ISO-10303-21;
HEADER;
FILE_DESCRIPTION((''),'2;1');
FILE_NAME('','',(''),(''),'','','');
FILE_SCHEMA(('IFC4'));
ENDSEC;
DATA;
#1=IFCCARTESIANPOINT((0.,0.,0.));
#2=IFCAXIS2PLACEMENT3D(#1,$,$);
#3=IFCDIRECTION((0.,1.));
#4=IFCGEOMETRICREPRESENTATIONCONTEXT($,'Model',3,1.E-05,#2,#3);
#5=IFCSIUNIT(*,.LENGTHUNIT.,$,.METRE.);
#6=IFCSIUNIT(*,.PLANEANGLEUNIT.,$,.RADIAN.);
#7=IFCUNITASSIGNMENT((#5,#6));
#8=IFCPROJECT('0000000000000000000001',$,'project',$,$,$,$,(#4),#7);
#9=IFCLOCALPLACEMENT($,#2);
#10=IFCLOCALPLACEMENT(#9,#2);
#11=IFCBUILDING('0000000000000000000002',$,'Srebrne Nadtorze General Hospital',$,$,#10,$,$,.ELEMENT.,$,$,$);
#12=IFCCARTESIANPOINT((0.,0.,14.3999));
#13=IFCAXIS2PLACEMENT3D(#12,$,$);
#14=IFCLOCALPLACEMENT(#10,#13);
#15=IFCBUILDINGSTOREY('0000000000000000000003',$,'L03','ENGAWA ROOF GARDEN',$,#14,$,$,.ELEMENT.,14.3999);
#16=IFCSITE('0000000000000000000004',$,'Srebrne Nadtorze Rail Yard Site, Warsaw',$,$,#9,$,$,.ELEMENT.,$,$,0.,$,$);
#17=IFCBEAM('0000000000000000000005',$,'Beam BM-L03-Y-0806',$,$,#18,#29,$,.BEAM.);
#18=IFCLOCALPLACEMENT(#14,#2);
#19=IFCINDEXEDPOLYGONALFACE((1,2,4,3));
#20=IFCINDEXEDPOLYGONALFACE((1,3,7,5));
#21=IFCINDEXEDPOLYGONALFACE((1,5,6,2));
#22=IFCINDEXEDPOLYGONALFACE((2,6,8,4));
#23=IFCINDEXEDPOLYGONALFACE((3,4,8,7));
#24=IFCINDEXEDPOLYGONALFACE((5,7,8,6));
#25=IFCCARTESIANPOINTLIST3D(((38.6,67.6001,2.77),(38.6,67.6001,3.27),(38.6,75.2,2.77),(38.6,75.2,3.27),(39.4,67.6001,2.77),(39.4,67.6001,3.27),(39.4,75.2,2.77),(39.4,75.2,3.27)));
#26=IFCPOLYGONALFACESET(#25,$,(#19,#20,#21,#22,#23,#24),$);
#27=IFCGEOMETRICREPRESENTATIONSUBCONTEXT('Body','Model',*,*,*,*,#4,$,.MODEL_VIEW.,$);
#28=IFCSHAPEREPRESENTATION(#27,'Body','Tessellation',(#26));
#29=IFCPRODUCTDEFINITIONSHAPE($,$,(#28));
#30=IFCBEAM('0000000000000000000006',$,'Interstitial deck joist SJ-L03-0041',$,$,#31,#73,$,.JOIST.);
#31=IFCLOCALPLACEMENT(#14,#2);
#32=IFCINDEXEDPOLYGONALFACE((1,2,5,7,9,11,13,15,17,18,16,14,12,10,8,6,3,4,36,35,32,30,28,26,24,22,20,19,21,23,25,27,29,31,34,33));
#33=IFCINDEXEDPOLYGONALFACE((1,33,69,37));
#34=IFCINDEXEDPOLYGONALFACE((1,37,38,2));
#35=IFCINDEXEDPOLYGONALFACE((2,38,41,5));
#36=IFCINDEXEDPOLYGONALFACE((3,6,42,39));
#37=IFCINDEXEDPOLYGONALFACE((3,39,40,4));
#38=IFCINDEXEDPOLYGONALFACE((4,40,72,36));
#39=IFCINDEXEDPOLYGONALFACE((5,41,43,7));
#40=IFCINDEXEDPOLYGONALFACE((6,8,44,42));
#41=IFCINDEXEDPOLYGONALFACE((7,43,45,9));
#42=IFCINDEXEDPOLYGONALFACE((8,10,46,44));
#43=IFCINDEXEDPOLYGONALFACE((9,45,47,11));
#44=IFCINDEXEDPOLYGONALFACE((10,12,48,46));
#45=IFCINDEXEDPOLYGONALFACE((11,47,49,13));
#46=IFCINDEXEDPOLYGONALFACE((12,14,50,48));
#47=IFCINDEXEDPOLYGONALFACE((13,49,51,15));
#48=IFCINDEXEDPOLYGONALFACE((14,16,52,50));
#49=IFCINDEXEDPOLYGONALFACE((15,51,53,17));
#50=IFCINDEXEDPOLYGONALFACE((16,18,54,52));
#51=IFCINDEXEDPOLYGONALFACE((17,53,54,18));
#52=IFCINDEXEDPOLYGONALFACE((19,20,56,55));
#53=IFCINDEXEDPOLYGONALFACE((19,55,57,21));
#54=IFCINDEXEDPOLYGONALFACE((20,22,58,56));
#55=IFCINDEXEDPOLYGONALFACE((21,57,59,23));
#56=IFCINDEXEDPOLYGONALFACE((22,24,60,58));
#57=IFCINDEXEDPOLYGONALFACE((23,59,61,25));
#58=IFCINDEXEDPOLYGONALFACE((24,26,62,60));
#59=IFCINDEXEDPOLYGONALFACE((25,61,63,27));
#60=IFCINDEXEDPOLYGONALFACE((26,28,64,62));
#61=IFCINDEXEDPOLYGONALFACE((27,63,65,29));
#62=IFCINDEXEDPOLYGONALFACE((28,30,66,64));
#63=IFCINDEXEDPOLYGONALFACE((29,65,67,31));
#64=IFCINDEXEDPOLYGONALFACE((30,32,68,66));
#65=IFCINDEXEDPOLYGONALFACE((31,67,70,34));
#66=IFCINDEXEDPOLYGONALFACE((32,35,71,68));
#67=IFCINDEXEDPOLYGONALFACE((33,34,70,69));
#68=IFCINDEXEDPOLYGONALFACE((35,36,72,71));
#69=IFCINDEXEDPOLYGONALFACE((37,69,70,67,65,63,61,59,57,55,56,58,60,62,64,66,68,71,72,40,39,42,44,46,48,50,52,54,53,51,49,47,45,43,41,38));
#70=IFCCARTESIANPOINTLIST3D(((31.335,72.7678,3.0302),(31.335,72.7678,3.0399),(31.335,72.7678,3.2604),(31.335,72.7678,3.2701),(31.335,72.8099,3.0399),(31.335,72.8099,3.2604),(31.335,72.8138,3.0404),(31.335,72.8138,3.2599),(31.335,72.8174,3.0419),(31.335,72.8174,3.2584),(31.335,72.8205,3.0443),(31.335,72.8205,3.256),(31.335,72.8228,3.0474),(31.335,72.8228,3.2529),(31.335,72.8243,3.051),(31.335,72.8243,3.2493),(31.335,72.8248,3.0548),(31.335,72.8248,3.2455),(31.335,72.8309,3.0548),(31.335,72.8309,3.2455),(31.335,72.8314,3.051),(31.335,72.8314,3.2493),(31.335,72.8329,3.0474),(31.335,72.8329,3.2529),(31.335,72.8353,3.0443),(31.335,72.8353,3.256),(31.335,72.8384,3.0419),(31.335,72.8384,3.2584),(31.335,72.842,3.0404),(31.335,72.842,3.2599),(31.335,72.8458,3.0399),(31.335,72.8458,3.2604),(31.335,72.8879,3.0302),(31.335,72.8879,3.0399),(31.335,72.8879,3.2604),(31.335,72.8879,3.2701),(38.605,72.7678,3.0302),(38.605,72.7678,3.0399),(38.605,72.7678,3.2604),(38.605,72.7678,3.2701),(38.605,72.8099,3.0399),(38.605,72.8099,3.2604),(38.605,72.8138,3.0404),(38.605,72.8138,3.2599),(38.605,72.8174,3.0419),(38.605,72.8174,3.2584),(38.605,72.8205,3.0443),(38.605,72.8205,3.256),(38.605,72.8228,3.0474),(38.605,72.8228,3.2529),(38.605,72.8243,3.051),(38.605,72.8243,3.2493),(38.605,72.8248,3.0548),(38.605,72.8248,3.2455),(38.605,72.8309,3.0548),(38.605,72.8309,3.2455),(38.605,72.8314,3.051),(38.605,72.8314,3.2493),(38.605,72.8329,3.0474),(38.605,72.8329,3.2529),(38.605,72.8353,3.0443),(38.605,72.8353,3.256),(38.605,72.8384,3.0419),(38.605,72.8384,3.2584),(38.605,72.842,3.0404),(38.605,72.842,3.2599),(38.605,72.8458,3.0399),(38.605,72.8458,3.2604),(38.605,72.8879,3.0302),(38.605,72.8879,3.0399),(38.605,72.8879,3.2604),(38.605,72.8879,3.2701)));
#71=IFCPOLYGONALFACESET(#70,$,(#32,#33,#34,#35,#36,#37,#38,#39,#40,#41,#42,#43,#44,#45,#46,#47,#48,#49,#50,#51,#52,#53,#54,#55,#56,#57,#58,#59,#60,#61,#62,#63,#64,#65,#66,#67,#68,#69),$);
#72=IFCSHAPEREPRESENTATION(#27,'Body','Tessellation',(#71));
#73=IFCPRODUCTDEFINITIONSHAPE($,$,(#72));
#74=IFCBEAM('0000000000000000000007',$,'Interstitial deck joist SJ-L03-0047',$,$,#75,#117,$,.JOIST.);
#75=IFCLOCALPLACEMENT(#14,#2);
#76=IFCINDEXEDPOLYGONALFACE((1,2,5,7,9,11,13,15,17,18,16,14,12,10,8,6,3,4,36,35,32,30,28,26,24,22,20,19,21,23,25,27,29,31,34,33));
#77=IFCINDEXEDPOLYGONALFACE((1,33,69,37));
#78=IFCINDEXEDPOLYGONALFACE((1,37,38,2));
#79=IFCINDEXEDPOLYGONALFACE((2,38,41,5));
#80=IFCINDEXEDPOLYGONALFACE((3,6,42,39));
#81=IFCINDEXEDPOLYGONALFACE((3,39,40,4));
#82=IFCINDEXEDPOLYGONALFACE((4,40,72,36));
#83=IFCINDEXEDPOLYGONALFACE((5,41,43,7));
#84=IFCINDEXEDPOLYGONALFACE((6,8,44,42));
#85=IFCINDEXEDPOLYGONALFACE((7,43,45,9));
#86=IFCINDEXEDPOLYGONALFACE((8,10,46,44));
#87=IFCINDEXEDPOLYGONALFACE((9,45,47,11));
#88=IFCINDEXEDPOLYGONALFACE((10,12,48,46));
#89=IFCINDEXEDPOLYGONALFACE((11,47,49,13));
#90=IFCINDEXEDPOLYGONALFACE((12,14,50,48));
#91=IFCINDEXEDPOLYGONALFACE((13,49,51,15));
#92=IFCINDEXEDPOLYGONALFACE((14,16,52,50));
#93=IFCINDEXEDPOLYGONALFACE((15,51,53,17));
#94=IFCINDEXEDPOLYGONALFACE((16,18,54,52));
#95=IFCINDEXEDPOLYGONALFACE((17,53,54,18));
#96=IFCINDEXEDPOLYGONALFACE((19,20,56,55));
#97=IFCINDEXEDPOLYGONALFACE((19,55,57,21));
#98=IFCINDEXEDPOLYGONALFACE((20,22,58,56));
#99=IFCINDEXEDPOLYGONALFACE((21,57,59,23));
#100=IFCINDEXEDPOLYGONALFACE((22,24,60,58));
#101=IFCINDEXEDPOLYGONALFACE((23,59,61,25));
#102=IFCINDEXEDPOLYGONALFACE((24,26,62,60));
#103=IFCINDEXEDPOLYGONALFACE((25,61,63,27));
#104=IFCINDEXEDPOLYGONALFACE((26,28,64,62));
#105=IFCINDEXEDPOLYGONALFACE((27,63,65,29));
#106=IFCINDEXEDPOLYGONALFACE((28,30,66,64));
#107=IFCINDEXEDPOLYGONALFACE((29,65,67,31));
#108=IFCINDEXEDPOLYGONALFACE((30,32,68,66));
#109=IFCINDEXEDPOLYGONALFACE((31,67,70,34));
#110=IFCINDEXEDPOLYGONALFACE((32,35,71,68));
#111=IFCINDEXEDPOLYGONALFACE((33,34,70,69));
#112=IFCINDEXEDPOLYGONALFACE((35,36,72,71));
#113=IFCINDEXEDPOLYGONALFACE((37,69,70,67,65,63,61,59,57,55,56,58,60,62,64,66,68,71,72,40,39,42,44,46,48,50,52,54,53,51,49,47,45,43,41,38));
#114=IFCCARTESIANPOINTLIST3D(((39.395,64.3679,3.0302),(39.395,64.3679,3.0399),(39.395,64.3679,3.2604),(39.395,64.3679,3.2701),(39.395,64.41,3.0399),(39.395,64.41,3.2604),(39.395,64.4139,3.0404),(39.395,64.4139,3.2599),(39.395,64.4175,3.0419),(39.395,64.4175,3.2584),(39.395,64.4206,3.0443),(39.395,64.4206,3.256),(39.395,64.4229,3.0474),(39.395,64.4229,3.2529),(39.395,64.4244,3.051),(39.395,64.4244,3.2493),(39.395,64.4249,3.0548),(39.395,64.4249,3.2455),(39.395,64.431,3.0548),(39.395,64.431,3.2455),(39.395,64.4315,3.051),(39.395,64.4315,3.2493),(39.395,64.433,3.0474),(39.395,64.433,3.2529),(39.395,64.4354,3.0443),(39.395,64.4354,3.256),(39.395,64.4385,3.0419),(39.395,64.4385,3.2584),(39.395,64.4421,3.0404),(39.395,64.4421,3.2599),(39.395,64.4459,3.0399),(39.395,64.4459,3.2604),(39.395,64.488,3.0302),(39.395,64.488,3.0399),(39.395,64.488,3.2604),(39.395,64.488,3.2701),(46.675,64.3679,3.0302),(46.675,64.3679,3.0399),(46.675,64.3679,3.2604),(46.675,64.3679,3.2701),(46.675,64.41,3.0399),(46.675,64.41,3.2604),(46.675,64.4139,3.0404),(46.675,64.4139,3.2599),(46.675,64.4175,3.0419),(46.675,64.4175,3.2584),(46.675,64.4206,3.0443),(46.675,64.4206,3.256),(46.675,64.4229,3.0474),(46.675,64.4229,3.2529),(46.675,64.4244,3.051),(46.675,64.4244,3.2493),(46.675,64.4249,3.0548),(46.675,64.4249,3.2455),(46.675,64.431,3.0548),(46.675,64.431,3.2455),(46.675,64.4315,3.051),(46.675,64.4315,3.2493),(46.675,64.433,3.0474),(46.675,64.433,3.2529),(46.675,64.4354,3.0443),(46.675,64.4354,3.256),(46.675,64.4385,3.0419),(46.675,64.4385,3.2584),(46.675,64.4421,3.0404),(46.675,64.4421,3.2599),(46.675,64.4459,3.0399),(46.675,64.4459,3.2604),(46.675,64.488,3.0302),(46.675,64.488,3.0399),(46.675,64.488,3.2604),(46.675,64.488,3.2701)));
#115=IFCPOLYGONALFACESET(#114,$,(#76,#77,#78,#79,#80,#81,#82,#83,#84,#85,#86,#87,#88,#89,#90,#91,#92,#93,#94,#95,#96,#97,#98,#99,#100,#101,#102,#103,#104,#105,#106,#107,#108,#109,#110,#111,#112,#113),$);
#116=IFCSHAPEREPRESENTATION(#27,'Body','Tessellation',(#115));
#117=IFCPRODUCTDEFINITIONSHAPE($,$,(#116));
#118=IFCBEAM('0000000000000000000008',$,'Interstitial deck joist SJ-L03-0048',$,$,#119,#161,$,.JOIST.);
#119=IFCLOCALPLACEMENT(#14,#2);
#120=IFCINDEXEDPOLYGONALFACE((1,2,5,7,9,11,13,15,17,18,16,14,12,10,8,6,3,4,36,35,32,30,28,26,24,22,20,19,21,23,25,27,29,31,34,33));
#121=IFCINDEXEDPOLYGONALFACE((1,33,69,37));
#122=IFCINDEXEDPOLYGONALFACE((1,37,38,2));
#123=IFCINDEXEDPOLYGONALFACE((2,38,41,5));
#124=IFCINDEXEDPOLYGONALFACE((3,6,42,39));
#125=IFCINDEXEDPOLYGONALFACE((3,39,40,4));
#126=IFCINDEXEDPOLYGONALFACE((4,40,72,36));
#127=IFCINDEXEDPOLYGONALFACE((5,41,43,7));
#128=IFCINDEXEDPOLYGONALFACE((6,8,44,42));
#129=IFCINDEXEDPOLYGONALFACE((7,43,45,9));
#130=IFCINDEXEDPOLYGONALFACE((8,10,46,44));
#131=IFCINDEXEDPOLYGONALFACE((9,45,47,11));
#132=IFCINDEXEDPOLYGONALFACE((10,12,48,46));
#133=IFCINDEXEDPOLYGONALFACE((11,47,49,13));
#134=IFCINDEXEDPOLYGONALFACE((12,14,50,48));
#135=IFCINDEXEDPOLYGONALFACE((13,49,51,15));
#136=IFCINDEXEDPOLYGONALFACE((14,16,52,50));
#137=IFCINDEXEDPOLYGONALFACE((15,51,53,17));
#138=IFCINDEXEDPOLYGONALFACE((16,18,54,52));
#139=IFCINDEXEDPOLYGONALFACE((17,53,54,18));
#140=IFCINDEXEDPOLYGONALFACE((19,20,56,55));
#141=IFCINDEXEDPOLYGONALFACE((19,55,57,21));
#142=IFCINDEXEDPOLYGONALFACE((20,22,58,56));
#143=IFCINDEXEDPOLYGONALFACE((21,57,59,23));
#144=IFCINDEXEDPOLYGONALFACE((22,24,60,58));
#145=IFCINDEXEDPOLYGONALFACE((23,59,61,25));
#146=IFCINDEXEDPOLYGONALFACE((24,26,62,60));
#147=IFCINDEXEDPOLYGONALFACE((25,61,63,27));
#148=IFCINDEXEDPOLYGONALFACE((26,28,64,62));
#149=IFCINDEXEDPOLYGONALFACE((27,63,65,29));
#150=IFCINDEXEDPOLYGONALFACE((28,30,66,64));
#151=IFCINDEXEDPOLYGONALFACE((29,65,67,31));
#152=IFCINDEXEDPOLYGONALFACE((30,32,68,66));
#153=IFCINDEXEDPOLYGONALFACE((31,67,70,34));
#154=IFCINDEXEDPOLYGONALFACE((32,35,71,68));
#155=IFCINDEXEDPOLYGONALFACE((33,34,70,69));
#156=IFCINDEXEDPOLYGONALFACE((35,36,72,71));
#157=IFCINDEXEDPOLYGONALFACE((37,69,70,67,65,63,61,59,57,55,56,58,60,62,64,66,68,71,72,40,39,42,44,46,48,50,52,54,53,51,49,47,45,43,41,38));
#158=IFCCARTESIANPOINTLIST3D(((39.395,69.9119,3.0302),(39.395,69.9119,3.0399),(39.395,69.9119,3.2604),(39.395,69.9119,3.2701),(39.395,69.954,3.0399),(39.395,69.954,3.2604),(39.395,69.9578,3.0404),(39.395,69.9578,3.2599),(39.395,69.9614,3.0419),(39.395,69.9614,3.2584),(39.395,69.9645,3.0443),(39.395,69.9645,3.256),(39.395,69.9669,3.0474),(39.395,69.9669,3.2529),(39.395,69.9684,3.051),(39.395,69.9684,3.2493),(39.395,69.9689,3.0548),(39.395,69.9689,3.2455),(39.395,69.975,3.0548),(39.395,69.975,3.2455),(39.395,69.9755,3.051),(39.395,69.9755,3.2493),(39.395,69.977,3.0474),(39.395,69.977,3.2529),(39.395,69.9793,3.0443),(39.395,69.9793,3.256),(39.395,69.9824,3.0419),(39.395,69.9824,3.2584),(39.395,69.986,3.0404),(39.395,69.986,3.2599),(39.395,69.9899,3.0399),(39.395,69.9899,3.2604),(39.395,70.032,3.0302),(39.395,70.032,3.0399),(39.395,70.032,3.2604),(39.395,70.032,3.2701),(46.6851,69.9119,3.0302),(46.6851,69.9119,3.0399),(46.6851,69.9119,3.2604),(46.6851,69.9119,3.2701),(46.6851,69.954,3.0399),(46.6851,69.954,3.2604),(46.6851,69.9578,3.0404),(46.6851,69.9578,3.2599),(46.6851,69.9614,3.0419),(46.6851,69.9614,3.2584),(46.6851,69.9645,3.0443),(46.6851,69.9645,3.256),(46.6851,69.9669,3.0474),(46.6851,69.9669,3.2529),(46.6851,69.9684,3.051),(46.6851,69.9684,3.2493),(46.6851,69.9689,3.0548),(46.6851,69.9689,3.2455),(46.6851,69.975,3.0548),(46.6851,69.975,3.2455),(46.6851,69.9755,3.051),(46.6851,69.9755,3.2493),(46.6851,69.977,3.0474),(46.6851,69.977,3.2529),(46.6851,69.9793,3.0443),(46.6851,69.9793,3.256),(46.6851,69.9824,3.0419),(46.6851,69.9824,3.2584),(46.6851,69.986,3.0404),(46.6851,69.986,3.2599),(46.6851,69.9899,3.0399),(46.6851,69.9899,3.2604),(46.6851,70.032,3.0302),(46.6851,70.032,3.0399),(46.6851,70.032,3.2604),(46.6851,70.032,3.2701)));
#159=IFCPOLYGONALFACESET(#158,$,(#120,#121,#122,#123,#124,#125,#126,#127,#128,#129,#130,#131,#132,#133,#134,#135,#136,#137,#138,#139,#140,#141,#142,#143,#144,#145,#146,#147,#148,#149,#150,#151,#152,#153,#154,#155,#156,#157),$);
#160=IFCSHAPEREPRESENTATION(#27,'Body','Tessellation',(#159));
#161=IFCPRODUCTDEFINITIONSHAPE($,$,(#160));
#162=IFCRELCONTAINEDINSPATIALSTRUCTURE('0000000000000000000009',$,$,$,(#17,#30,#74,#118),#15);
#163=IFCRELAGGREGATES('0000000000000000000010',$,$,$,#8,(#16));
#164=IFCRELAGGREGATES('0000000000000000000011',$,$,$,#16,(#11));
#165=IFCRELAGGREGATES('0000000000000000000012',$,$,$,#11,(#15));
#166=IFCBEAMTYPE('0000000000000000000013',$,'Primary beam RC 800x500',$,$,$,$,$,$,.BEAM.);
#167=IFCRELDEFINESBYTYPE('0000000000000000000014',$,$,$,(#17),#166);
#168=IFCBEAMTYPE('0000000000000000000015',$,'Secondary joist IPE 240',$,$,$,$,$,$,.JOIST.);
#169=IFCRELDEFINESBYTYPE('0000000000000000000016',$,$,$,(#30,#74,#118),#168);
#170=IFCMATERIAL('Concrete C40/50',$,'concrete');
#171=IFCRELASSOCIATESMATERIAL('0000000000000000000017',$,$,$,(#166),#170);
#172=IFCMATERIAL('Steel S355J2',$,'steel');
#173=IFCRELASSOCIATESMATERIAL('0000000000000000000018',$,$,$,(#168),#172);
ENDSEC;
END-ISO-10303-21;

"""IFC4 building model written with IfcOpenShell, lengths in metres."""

from ifc_helpers import new_model, si_unit, direction, frame, origin, origin_2d, place, context, subcontext, project, spatial, rectangle, i_section, extrude, material, material_profile, profile_set, type_object, element, save


model = new_model("IFC4")

# Units and contexts
model_context = context("Model", 3, precision=1e-05, world=origin(), true_north=direction((0.0, 1.0)))
body_context = subcontext(model_context, "Body", "Model", "MODEL_VIEW")
ifc_project = project(units=[si_unit("LENGTHUNIT", "METRE"), si_unit("PLANEANGLEUNIT", "RADIAN")], contexts=[model_context])

# Site, building, storey
site_placement = place(None, origin())
site = spatial("IfcSite", under=ifc_project, at=site_placement, Name="Srebrne Nadtorze Rail Yard Site, Warsaw", CompositionType="ELEMENT", RefElevation=0.0)
building_placement = place(site_placement, origin())
building = spatial("IfcBuilding", under=site, at=building_placement, Name="Srebrne Nadtorze General Hospital", CompositionType="ELEMENT")
storey_placement = place(building_placement, frame((0.0, 0.0, 14.3999)))
storey = spatial("IfcBuildingStorey", under=building, at=storey_placement, Name="L03", Description="ENGAWA ROOF GARDEN", CompositionType="ELEMENT", Elevation=14.3999)

# Beams
ifc_material_1 = material(Name="Concrete C40/50", Category="concrete")
ifc_material_profile_1 = material_profile(ifc_material_1, rectangle(XDim=0.8, YDim=0.5, at=origin_2d()), Name="RC-BM-800x500")
ifc_profile_set_1 = profile_set([ifc_material_profile_1], Name="Concrete C40/50")
beam_type_1 = type_object("IfcBeamType", Name="Primary beam RC 800x500", PredefinedType="BEAM", material=ifc_profile_set_1)
beam_1_placement = place(storey_placement, frame((39.0, 67.6001, 3.02), z_axis=(0.0, 1.0, 0.0), x_axis=(-1.0, 0.0, 0.0)))
element("IfcBeam", 1, at=beam_1_placement, inside=storey, type_object=beam_type_1, Name="Beam BM-L03-Y-0806", PredefinedType="BEAM", context=body_context, shape_type="SweptSolid", body=[
    extrude(rectangle(XDim=0.8, YDim=0.5, at=origin_2d()), origin(), (0.0, 0.0, 1.0), 7.5999),
])
ifc_material_2 = material(Name="Steel S355J2", Category="steel")
ifc_material_profile_2 = material_profile(ifc_material_2, i_section(OverallWidth=0.1201, OverallDepth=0.24, WebThickness=0.0061, FlangeThickness=0.0098, FilletRadius=0.0149, at=origin_2d()), Name="IPE-240")
ifc_profile_set_2 = profile_set([ifc_material_profile_2], Name="Steel S355J2")
beam_type_2 = type_object("IfcBeamType", Name="Secondary joist IPE 240", PredefinedType="JOIST", material=ifc_profile_set_2)
beam_2_placement = place(storey_placement, frame((31.335, 72.8279, 3.1501), z_axis=(1.0, 0.0, 0.0), x_axis=(0.0, 1.0, 0.0)))
element("IfcBeam", 2, at=beam_2_placement, inside=storey, type_object=beam_type_2, Name="Interstitial deck joist SJ-L03-0041", PredefinedType="JOIST", context=body_context, shape_type="SweptSolid", body=[
    extrude(i_section(OverallWidth=0.1201, OverallDepth=0.24, WebThickness=0.0061, FlangeThickness=0.0098, FilletRadius=0.0149, at=origin_2d()), origin(), (0.0, 0.0, 1.0), 7.27),
])
beam_3_placement = place(storey_placement, frame((39.395, 64.428, 3.1501), z_axis=(1.0, 0.0, 0.0), x_axis=(0.0, 1.0, 0.0)))
element("IfcBeam", 3, at=beam_3_placement, inside=storey, type_object=beam_type_2, Name="Interstitial deck joist SJ-L03-0047", PredefinedType="JOIST", context=body_context, shape_type="SweptSolid", body=[
    extrude(i_section(OverallWidth=0.1201, OverallDepth=0.24, WebThickness=0.0061, FlangeThickness=0.0098, FilletRadius=0.0149, at=origin_2d()), origin(), (0.0, 0.0, 1.0), 7.28),
])
beam_4_placement = place(storey_placement, frame((39.395, 69.9719, 3.1501), z_axis=(1.0, 0.0, 0.0), x_axis=(0.0, 1.0, 0.0)))
element("IfcBeam", 4, at=beam_4_placement, inside=storey, type_object=beam_type_2, Name="Interstitial deck joist SJ-L03-0048", PredefinedType="JOIST", context=body_context, shape_type="SweptSolid", body=[
    extrude(i_section(OverallWidth=0.1201, OverallDepth=0.24, WebThickness=0.0061, FlangeThickness=0.0098, FilletRadius=0.0149, at=origin_2d()), origin(), (0.0, 0.0, 1.0), 7.29),
])

save(model, "model.ifc")
